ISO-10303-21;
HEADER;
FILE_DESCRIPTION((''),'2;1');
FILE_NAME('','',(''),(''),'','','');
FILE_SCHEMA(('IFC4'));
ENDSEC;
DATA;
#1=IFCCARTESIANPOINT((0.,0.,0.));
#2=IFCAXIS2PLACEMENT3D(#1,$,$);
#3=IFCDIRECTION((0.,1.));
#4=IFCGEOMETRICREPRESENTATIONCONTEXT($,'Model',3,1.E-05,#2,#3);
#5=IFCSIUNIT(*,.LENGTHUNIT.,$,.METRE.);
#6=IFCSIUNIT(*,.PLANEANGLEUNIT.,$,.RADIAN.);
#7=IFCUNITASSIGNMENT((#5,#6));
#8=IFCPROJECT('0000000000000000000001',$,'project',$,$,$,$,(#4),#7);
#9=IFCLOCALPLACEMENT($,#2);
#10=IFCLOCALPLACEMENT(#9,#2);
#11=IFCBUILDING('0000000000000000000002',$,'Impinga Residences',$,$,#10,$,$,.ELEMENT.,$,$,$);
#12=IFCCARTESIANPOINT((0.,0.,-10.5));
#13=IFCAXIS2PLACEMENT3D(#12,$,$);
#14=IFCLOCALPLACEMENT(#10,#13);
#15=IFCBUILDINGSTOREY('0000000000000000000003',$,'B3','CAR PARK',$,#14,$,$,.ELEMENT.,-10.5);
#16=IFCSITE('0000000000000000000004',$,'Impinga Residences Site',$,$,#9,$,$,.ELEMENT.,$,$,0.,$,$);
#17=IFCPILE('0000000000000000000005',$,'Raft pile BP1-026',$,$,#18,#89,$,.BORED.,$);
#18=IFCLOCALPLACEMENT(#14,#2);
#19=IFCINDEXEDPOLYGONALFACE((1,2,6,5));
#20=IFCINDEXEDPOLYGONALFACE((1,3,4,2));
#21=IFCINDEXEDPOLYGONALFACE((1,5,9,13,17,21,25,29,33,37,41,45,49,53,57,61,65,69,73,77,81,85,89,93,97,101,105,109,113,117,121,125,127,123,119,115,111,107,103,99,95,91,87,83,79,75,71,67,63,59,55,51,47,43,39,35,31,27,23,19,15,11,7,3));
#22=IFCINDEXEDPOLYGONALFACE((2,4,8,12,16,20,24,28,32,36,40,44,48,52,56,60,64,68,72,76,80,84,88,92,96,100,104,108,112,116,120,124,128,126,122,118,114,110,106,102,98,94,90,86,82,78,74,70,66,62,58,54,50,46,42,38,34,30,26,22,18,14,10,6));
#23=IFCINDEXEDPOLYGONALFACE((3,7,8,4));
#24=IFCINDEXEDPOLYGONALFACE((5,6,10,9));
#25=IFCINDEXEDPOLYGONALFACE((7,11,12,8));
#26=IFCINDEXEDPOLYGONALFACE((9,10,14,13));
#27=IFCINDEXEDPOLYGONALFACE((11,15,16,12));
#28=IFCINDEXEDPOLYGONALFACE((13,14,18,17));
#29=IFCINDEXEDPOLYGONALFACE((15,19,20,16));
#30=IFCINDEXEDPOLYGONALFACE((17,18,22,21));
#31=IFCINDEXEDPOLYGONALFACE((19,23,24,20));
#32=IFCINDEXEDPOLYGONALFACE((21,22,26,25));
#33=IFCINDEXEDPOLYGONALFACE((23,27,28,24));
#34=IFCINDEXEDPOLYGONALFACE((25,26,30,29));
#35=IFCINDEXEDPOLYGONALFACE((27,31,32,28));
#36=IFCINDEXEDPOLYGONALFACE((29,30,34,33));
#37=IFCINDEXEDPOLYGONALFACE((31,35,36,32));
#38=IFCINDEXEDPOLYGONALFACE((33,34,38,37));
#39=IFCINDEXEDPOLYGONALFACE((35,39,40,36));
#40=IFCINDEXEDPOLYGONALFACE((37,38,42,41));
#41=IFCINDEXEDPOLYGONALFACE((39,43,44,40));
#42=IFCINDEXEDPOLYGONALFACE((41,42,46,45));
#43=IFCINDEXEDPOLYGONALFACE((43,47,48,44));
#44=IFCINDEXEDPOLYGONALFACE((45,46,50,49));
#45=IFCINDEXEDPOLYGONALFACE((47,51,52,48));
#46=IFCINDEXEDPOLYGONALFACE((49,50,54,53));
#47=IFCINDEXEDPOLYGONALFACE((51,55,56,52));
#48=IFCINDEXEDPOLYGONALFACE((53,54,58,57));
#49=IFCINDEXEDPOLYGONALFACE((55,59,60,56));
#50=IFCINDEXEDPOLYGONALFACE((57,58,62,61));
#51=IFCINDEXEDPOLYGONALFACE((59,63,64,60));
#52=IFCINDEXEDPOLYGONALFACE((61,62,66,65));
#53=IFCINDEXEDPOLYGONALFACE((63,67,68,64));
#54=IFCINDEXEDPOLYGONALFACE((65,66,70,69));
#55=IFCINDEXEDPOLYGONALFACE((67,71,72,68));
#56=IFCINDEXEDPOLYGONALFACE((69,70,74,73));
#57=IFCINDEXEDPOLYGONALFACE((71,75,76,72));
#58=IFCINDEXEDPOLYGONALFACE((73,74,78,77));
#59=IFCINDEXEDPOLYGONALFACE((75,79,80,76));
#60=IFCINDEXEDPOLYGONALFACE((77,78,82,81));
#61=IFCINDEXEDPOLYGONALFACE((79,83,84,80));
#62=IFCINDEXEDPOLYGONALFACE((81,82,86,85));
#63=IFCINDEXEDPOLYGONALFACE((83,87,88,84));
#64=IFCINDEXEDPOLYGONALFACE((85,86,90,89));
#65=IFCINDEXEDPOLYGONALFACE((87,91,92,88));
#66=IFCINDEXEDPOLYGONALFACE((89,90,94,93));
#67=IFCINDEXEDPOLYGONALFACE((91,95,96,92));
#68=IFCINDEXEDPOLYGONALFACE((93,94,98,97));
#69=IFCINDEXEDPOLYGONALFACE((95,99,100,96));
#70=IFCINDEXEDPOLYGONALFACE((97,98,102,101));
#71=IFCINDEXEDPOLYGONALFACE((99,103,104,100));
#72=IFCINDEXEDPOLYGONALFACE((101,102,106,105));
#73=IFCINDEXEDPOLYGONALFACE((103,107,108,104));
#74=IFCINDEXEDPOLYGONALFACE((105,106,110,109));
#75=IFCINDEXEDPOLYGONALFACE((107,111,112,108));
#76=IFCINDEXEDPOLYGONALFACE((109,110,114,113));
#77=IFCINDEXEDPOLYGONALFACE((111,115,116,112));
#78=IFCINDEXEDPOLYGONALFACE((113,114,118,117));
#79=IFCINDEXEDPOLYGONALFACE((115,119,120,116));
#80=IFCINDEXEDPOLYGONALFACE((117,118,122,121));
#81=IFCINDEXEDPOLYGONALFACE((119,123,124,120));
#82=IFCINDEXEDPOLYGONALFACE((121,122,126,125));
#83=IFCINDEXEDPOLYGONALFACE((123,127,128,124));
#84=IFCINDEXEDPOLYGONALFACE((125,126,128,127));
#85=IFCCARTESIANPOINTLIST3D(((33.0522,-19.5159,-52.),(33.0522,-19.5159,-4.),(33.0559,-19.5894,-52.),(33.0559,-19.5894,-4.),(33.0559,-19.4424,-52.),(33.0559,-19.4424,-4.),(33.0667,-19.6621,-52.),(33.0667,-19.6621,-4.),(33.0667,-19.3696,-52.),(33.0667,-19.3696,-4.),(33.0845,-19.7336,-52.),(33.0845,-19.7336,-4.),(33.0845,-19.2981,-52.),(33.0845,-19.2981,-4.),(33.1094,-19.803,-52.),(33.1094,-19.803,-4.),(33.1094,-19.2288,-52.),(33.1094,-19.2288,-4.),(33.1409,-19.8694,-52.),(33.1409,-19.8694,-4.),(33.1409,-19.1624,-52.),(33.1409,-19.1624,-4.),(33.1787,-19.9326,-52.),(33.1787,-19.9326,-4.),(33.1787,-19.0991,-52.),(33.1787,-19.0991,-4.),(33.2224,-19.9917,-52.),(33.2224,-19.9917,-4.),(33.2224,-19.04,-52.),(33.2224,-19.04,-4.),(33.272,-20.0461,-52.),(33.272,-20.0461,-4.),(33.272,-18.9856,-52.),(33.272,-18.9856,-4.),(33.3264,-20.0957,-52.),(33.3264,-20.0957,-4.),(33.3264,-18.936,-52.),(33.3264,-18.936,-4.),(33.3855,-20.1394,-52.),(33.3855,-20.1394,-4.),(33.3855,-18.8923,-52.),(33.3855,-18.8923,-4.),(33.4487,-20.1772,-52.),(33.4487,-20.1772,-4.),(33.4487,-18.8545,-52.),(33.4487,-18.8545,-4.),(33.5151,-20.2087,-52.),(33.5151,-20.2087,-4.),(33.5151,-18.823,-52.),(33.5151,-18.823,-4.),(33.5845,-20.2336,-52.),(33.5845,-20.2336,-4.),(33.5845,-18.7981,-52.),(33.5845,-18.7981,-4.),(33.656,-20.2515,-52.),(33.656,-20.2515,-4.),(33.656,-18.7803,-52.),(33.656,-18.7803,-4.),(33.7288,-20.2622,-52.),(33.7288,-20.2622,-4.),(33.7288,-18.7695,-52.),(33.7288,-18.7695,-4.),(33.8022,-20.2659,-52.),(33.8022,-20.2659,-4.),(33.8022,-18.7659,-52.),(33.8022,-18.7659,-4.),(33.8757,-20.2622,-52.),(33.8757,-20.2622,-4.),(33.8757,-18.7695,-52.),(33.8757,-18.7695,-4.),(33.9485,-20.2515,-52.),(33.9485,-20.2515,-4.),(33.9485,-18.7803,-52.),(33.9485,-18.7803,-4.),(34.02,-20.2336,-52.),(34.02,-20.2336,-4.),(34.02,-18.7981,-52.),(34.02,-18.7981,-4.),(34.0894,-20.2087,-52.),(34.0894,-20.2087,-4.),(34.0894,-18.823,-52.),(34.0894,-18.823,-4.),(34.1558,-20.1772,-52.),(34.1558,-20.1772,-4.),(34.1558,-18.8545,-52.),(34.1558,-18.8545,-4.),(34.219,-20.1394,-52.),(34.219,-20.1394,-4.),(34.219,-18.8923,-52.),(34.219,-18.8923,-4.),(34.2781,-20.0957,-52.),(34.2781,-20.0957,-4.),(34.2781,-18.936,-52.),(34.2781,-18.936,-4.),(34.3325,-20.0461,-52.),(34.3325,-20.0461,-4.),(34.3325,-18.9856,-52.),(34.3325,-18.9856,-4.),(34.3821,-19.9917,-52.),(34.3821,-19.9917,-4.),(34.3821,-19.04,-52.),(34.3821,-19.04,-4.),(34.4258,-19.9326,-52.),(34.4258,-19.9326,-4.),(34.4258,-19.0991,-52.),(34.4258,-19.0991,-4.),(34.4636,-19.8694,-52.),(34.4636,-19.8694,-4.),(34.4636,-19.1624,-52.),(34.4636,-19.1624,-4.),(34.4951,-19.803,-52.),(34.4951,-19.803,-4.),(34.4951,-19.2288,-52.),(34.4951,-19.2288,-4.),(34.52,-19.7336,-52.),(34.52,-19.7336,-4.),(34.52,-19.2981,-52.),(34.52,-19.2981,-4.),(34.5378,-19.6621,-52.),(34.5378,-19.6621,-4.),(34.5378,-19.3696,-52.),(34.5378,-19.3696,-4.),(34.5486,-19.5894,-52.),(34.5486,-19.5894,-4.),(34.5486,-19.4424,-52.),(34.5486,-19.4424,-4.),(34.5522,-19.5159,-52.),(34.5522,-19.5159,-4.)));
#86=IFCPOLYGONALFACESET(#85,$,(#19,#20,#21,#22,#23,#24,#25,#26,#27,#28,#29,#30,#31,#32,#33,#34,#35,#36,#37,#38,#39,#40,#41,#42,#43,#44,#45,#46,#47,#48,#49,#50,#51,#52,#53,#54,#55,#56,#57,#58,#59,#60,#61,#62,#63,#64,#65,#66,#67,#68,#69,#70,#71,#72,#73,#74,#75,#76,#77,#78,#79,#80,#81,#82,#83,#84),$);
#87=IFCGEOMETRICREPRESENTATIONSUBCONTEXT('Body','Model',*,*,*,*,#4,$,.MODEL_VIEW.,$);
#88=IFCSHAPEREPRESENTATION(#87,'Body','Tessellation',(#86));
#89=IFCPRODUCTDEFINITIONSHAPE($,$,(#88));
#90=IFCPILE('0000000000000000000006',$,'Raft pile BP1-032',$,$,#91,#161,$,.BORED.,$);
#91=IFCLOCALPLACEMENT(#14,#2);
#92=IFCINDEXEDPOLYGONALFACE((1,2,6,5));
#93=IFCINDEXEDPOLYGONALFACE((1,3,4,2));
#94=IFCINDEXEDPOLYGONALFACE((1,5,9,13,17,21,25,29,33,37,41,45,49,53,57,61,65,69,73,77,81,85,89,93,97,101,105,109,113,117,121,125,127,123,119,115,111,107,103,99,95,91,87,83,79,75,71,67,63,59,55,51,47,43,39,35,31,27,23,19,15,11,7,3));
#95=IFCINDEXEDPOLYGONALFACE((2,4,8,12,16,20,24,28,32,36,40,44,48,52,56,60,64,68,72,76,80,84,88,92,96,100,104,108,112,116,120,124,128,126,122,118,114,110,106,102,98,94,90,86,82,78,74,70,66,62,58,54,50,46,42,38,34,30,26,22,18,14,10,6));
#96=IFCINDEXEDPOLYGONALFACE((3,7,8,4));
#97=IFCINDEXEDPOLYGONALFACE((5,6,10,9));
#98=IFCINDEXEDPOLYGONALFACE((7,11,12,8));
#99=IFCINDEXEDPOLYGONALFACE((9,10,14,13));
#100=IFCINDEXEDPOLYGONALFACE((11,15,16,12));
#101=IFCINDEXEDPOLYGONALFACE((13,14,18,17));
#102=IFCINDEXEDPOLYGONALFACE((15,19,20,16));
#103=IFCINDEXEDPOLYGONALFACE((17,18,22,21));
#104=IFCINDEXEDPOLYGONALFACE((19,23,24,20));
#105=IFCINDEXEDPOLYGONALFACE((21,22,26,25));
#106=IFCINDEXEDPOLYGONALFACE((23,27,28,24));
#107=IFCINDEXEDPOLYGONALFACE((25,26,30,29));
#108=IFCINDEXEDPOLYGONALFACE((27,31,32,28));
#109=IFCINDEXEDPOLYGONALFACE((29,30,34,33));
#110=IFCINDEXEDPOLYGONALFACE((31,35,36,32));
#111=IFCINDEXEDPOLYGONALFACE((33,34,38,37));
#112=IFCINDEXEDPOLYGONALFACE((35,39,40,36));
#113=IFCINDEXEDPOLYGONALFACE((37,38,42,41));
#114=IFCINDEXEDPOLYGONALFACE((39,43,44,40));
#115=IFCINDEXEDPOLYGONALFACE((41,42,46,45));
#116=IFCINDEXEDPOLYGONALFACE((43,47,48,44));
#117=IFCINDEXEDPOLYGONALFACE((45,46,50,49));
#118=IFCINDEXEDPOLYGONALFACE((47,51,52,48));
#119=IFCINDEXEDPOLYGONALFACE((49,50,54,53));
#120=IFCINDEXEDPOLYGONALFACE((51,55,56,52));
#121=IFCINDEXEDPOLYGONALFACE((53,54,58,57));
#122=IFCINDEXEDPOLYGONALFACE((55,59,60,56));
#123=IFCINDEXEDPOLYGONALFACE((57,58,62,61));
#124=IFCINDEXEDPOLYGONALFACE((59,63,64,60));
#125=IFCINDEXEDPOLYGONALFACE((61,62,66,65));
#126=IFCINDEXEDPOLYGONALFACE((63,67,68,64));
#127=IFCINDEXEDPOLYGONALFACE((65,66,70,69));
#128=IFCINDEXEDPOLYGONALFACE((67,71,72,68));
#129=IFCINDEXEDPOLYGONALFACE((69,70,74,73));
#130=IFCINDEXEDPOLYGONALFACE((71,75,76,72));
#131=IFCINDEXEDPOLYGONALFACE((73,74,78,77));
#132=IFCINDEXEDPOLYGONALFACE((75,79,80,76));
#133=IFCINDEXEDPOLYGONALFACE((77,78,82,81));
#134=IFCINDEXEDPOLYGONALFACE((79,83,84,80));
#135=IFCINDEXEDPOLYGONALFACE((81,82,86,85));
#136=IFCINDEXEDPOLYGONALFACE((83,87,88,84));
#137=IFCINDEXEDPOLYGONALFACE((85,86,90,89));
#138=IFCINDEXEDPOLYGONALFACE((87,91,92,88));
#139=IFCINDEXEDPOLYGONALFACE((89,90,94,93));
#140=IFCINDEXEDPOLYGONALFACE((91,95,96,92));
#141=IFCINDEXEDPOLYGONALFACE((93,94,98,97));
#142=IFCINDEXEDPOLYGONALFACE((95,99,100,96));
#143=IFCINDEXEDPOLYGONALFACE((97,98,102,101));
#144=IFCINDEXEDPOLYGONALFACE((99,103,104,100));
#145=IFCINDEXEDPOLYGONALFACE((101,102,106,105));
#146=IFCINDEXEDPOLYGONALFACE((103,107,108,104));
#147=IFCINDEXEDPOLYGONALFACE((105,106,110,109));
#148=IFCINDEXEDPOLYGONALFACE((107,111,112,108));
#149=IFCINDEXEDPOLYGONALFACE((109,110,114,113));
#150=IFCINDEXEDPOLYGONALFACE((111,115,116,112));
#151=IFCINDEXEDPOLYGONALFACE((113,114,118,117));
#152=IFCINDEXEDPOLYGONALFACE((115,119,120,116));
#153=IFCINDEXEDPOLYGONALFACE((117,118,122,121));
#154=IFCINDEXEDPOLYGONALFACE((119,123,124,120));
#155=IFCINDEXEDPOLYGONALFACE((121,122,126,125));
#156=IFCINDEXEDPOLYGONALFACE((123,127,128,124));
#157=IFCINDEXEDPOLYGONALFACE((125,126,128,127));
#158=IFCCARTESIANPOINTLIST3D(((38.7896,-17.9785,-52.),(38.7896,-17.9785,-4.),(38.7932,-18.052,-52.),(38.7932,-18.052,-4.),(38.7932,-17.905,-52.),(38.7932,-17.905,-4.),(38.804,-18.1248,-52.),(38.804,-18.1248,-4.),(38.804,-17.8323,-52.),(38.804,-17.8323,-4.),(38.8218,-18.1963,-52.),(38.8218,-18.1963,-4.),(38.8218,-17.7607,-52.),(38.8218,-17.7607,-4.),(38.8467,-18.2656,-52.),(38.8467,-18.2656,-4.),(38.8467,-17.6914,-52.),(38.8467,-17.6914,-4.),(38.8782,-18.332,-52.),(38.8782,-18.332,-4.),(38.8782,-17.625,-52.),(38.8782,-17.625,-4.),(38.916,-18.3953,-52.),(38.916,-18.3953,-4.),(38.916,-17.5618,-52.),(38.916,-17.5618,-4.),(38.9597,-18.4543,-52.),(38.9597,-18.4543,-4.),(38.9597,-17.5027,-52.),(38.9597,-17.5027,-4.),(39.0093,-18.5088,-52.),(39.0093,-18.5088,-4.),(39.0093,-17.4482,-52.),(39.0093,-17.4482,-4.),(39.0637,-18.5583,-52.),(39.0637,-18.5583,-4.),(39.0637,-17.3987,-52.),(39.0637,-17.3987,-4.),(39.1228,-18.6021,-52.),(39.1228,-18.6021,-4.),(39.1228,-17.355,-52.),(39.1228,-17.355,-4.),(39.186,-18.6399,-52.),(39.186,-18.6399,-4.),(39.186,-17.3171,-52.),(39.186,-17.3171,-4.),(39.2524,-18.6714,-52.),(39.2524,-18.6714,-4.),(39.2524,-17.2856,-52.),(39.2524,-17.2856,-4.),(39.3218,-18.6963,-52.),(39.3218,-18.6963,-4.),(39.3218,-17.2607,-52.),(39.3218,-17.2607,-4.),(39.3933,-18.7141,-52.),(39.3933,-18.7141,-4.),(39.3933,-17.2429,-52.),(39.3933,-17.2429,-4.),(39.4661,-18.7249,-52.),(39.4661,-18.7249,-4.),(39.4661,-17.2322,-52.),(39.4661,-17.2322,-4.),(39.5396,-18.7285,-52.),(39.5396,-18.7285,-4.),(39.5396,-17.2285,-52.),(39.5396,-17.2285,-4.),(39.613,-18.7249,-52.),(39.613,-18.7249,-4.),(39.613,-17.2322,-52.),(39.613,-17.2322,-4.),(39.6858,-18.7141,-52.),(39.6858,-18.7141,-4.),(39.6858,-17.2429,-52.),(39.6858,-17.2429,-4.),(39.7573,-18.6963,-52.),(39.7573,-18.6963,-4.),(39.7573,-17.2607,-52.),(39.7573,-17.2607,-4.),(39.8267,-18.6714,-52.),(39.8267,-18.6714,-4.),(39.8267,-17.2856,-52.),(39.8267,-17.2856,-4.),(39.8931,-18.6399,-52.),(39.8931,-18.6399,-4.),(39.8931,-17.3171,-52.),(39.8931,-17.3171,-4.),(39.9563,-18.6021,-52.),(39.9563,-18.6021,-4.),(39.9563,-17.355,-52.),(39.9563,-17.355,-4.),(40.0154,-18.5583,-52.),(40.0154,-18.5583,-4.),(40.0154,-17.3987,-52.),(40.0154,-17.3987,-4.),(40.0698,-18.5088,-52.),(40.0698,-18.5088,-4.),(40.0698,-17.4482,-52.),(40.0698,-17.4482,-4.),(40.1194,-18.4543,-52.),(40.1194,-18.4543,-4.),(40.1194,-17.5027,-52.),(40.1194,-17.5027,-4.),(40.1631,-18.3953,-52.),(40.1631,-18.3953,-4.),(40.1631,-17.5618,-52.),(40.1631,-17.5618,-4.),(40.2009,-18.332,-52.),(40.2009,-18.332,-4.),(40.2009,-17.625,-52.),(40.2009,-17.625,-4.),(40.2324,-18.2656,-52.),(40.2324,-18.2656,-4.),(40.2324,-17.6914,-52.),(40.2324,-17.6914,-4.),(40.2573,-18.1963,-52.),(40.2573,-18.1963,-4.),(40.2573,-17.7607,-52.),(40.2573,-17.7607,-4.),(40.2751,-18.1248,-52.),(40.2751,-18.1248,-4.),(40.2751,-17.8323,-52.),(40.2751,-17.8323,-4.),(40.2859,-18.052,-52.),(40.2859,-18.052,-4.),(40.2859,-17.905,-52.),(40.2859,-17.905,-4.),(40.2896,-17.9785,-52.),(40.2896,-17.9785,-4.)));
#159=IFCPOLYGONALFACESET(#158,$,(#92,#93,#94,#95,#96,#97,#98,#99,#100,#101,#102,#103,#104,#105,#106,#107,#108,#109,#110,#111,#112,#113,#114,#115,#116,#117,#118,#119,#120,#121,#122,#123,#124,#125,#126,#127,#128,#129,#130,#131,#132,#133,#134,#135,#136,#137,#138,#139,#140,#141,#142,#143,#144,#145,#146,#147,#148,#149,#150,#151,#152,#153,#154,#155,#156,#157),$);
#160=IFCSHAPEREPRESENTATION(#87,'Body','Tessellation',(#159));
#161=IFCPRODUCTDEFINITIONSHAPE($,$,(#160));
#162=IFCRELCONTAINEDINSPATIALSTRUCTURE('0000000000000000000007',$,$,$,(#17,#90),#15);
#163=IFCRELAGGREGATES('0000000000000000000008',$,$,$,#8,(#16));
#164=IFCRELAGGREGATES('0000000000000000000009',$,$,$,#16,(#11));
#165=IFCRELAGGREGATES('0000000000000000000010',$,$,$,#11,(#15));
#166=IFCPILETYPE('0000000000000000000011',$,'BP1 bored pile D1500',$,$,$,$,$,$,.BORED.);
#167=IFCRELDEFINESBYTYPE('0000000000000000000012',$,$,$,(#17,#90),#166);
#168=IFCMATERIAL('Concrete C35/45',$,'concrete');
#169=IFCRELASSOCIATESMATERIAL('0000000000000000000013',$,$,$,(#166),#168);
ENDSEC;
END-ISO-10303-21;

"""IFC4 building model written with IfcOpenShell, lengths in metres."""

from ifc_helpers import new_model, si_unit, direction, frame, origin, origin_2d, place, context, subcontext, project, spatial, polyline, circle, outline, extrude, material, material_profile, profile_set, type_object, element, save


model = new_model("IFC4")

# Units and contexts
model_context = context("Model", 3, precision=1e-05, world=origin(), true_north=direction((0.0, 1.0)))
body_context = subcontext(model_context, "Body", "Model", "MODEL_VIEW")
ifc_project = project(units=[si_unit("LENGTHUNIT", "METRE"), si_unit("PLANEANGLEUNIT", "RADIAN")], contexts=[model_context])

# Site, building, storey
site_placement = place(None, origin())
site = spatial("IfcSite", under=ifc_project, at=site_placement, Name="Impinga Residences Site", CompositionType="ELEMENT", RefElevation=0.0)
building_placement = place(site_placement, origin())
building = spatial("IfcBuilding", under=site, at=building_placement, Name="Impinga Residences", CompositionType="ELEMENT")
storey_placement = place(building_placement, frame((0.0, 0.0, -10.5)))
storey = spatial("IfcBuildingStorey", under=building, at=storey_placement, Name="B3", Description="CAR PARK", CompositionType="ELEMENT", Elevation=-10.5)

# Piles
ifc_material_1 = material(Name="Concrete C35/45", Category="concrete")
ifc_material_profile_1 = material_profile(ifc_material_1, circle(Radius=0.75, at=origin_2d()), Name="D1500")
ifc_profile_set_1 = profile_set([ifc_material_profile_1], Name="Concrete C35/45")
pile_type_1 = type_object("IfcPileType", Name="BP1 bored pile D1500", PredefinedType="BORED", material=ifc_profile_set_1)
pile_1_placement = place(storey_placement, frame((33.8022, -19.5159, -4.0), z_axis=(0.0, 0.0, -1.0), x_axis=(1.0, 0.0, 0.0)))
element("IfcPile", 1, at=pile_1_placement, inside=storey, type_object=pile_type_1, Name="Raft pile BP1-026", PredefinedType="BORED", context=body_context, shape_type="SweptSolid", body=[
    extrude(outline(polyline([(0.75, 0.0), (0.7463, 0.0735), (0.7356, 0.1462), (0.7178, 0.2178), (0.6929, 0.2871), (0.6614, 0.3535), (0.6235, 0.4167), (0.5798, 0.4758), (0.5303, 0.5303), (0.4758, 0.5798), (0.4167, 0.6235), (0.3535, 0.6614), (0.2871, 0.6929), (0.2178, 0.7178), (0.1462, 0.7356), (0.0735, 0.7463), (0.0, 0.75), (-0.0735, 0.7463), (-0.1462, 0.7356), (-0.2178, 0.7178), (-0.2871, 0.6929), (-0.3535, 0.6614), (-0.4167, 0.6235), (-0.4758, 0.5798), (-0.5303, 0.5303), (-0.5798, 0.4758), (-0.6235, 0.4167), (-0.6614, 0.3535), (-0.6929, 0.2871), (-0.7178, 0.2178), (-0.7356, 0.1462), (-0.7463, 0.0735), (-0.75, 0.0), (-0.7463, -0.0735), (-0.7356, -0.1462), (-0.7178, -0.2178), (-0.6929, -0.2871), (-0.6614, -0.3535), (-0.6235, -0.4167), (-0.5798, -0.4758), (-0.5303, -0.5303), (-0.4758, -0.5798), (-0.4167, -0.6235), (-0.3535, -0.6614), (-0.2871, -0.6929), (-0.2178, -0.7178), (-0.1462, -0.7356), (-0.0735, -0.7463), (0.0, -0.75), (0.0735, -0.7463), (0.1462, -0.7356), (0.2178, -0.7178), (0.2871, -0.6929), (0.3535, -0.6614), (0.4167, -0.6235), (0.4758, -0.5798), (0.5303, -0.5303), (0.5798, -0.4758), (0.6235, -0.4167), (0.6614, -0.3535), (0.6929, -0.2871), (0.7178, -0.2178), (0.7356, -0.1462), (0.7463, -0.0735), (0.75, 0.0)])), origin(), (0.0, 0.0, 1.0), 48.0),
])
pile_2_placement = place(storey_placement, frame((39.5396, -17.9785, -4.0), z_axis=(0.0, 0.0, -1.0), x_axis=(1.0, 0.0, 0.0)))
element("IfcPile", 2, at=pile_2_placement, inside=storey, type_object=pile_type_1, Name="Raft pile BP1-032", PredefinedType="BORED", context=body_context, shape_type="SweptSolid", body=[
    extrude(outline(polyline([(0.75, 0.0), (0.7463, 0.0735), (0.7356, 0.1462), (0.7178, 0.2178), (0.6929, 0.2871), (0.6614, 0.3535), (0.6235, 0.4167), (0.5798, 0.4758), (0.5303, 0.5303), (0.4758, 0.5798), (0.4167, 0.6235), (0.3535, 0.6614), (0.2871, 0.6929), (0.2178, 0.7178), (0.1462, 0.7356), (0.0735, 0.7463), (0.0, 0.75), (-0.0735, 0.7463), (-0.1462, 0.7356), (-0.2178, 0.7178), (-0.2871, 0.6929), (-0.3535, 0.6614), (-0.4167, 0.6235), (-0.4758, 0.5798), (-0.5303, 0.5303), (-0.5798, 0.4758), (-0.6235, 0.4167), (-0.6614, 0.3535), (-0.6929, 0.2871), (-0.7178, 0.2178), (-0.7356, 0.1462), (-0.7463, 0.0735), (-0.75, 0.0), (-0.7463, -0.0735), (-0.7356, -0.1462), (-0.7178, -0.2178), (-0.6929, -0.2871), (-0.6614, -0.3535), (-0.6235, -0.4167), (-0.5798, -0.4758), (-0.5303, -0.5303), (-0.4758, -0.5798), (-0.4167, -0.6235), (-0.3535, -0.6614), (-0.2871, -0.6929), (-0.2178, -0.7178), (-0.1462, -0.7356), (-0.0735, -0.7463), (0.0, -0.75), (0.0735, -0.7463), (0.1462, -0.7356), (0.2178, -0.7178), (0.2871, -0.6929), (0.3535, -0.6614), (0.4167, -0.6235), (0.4758, -0.5798), (0.5303, -0.5303), (0.5798, -0.4758), (0.6235, -0.4167), (0.6614, -0.3535), (0.6929, -0.2871), (0.7178, -0.2178), (0.7356, -0.1462), (0.7463, -0.0735), (0.75, 0.0)])), origin(), (0.0, 0.0, 1.0), 48.0),
])

save(model, "model.ifc")
